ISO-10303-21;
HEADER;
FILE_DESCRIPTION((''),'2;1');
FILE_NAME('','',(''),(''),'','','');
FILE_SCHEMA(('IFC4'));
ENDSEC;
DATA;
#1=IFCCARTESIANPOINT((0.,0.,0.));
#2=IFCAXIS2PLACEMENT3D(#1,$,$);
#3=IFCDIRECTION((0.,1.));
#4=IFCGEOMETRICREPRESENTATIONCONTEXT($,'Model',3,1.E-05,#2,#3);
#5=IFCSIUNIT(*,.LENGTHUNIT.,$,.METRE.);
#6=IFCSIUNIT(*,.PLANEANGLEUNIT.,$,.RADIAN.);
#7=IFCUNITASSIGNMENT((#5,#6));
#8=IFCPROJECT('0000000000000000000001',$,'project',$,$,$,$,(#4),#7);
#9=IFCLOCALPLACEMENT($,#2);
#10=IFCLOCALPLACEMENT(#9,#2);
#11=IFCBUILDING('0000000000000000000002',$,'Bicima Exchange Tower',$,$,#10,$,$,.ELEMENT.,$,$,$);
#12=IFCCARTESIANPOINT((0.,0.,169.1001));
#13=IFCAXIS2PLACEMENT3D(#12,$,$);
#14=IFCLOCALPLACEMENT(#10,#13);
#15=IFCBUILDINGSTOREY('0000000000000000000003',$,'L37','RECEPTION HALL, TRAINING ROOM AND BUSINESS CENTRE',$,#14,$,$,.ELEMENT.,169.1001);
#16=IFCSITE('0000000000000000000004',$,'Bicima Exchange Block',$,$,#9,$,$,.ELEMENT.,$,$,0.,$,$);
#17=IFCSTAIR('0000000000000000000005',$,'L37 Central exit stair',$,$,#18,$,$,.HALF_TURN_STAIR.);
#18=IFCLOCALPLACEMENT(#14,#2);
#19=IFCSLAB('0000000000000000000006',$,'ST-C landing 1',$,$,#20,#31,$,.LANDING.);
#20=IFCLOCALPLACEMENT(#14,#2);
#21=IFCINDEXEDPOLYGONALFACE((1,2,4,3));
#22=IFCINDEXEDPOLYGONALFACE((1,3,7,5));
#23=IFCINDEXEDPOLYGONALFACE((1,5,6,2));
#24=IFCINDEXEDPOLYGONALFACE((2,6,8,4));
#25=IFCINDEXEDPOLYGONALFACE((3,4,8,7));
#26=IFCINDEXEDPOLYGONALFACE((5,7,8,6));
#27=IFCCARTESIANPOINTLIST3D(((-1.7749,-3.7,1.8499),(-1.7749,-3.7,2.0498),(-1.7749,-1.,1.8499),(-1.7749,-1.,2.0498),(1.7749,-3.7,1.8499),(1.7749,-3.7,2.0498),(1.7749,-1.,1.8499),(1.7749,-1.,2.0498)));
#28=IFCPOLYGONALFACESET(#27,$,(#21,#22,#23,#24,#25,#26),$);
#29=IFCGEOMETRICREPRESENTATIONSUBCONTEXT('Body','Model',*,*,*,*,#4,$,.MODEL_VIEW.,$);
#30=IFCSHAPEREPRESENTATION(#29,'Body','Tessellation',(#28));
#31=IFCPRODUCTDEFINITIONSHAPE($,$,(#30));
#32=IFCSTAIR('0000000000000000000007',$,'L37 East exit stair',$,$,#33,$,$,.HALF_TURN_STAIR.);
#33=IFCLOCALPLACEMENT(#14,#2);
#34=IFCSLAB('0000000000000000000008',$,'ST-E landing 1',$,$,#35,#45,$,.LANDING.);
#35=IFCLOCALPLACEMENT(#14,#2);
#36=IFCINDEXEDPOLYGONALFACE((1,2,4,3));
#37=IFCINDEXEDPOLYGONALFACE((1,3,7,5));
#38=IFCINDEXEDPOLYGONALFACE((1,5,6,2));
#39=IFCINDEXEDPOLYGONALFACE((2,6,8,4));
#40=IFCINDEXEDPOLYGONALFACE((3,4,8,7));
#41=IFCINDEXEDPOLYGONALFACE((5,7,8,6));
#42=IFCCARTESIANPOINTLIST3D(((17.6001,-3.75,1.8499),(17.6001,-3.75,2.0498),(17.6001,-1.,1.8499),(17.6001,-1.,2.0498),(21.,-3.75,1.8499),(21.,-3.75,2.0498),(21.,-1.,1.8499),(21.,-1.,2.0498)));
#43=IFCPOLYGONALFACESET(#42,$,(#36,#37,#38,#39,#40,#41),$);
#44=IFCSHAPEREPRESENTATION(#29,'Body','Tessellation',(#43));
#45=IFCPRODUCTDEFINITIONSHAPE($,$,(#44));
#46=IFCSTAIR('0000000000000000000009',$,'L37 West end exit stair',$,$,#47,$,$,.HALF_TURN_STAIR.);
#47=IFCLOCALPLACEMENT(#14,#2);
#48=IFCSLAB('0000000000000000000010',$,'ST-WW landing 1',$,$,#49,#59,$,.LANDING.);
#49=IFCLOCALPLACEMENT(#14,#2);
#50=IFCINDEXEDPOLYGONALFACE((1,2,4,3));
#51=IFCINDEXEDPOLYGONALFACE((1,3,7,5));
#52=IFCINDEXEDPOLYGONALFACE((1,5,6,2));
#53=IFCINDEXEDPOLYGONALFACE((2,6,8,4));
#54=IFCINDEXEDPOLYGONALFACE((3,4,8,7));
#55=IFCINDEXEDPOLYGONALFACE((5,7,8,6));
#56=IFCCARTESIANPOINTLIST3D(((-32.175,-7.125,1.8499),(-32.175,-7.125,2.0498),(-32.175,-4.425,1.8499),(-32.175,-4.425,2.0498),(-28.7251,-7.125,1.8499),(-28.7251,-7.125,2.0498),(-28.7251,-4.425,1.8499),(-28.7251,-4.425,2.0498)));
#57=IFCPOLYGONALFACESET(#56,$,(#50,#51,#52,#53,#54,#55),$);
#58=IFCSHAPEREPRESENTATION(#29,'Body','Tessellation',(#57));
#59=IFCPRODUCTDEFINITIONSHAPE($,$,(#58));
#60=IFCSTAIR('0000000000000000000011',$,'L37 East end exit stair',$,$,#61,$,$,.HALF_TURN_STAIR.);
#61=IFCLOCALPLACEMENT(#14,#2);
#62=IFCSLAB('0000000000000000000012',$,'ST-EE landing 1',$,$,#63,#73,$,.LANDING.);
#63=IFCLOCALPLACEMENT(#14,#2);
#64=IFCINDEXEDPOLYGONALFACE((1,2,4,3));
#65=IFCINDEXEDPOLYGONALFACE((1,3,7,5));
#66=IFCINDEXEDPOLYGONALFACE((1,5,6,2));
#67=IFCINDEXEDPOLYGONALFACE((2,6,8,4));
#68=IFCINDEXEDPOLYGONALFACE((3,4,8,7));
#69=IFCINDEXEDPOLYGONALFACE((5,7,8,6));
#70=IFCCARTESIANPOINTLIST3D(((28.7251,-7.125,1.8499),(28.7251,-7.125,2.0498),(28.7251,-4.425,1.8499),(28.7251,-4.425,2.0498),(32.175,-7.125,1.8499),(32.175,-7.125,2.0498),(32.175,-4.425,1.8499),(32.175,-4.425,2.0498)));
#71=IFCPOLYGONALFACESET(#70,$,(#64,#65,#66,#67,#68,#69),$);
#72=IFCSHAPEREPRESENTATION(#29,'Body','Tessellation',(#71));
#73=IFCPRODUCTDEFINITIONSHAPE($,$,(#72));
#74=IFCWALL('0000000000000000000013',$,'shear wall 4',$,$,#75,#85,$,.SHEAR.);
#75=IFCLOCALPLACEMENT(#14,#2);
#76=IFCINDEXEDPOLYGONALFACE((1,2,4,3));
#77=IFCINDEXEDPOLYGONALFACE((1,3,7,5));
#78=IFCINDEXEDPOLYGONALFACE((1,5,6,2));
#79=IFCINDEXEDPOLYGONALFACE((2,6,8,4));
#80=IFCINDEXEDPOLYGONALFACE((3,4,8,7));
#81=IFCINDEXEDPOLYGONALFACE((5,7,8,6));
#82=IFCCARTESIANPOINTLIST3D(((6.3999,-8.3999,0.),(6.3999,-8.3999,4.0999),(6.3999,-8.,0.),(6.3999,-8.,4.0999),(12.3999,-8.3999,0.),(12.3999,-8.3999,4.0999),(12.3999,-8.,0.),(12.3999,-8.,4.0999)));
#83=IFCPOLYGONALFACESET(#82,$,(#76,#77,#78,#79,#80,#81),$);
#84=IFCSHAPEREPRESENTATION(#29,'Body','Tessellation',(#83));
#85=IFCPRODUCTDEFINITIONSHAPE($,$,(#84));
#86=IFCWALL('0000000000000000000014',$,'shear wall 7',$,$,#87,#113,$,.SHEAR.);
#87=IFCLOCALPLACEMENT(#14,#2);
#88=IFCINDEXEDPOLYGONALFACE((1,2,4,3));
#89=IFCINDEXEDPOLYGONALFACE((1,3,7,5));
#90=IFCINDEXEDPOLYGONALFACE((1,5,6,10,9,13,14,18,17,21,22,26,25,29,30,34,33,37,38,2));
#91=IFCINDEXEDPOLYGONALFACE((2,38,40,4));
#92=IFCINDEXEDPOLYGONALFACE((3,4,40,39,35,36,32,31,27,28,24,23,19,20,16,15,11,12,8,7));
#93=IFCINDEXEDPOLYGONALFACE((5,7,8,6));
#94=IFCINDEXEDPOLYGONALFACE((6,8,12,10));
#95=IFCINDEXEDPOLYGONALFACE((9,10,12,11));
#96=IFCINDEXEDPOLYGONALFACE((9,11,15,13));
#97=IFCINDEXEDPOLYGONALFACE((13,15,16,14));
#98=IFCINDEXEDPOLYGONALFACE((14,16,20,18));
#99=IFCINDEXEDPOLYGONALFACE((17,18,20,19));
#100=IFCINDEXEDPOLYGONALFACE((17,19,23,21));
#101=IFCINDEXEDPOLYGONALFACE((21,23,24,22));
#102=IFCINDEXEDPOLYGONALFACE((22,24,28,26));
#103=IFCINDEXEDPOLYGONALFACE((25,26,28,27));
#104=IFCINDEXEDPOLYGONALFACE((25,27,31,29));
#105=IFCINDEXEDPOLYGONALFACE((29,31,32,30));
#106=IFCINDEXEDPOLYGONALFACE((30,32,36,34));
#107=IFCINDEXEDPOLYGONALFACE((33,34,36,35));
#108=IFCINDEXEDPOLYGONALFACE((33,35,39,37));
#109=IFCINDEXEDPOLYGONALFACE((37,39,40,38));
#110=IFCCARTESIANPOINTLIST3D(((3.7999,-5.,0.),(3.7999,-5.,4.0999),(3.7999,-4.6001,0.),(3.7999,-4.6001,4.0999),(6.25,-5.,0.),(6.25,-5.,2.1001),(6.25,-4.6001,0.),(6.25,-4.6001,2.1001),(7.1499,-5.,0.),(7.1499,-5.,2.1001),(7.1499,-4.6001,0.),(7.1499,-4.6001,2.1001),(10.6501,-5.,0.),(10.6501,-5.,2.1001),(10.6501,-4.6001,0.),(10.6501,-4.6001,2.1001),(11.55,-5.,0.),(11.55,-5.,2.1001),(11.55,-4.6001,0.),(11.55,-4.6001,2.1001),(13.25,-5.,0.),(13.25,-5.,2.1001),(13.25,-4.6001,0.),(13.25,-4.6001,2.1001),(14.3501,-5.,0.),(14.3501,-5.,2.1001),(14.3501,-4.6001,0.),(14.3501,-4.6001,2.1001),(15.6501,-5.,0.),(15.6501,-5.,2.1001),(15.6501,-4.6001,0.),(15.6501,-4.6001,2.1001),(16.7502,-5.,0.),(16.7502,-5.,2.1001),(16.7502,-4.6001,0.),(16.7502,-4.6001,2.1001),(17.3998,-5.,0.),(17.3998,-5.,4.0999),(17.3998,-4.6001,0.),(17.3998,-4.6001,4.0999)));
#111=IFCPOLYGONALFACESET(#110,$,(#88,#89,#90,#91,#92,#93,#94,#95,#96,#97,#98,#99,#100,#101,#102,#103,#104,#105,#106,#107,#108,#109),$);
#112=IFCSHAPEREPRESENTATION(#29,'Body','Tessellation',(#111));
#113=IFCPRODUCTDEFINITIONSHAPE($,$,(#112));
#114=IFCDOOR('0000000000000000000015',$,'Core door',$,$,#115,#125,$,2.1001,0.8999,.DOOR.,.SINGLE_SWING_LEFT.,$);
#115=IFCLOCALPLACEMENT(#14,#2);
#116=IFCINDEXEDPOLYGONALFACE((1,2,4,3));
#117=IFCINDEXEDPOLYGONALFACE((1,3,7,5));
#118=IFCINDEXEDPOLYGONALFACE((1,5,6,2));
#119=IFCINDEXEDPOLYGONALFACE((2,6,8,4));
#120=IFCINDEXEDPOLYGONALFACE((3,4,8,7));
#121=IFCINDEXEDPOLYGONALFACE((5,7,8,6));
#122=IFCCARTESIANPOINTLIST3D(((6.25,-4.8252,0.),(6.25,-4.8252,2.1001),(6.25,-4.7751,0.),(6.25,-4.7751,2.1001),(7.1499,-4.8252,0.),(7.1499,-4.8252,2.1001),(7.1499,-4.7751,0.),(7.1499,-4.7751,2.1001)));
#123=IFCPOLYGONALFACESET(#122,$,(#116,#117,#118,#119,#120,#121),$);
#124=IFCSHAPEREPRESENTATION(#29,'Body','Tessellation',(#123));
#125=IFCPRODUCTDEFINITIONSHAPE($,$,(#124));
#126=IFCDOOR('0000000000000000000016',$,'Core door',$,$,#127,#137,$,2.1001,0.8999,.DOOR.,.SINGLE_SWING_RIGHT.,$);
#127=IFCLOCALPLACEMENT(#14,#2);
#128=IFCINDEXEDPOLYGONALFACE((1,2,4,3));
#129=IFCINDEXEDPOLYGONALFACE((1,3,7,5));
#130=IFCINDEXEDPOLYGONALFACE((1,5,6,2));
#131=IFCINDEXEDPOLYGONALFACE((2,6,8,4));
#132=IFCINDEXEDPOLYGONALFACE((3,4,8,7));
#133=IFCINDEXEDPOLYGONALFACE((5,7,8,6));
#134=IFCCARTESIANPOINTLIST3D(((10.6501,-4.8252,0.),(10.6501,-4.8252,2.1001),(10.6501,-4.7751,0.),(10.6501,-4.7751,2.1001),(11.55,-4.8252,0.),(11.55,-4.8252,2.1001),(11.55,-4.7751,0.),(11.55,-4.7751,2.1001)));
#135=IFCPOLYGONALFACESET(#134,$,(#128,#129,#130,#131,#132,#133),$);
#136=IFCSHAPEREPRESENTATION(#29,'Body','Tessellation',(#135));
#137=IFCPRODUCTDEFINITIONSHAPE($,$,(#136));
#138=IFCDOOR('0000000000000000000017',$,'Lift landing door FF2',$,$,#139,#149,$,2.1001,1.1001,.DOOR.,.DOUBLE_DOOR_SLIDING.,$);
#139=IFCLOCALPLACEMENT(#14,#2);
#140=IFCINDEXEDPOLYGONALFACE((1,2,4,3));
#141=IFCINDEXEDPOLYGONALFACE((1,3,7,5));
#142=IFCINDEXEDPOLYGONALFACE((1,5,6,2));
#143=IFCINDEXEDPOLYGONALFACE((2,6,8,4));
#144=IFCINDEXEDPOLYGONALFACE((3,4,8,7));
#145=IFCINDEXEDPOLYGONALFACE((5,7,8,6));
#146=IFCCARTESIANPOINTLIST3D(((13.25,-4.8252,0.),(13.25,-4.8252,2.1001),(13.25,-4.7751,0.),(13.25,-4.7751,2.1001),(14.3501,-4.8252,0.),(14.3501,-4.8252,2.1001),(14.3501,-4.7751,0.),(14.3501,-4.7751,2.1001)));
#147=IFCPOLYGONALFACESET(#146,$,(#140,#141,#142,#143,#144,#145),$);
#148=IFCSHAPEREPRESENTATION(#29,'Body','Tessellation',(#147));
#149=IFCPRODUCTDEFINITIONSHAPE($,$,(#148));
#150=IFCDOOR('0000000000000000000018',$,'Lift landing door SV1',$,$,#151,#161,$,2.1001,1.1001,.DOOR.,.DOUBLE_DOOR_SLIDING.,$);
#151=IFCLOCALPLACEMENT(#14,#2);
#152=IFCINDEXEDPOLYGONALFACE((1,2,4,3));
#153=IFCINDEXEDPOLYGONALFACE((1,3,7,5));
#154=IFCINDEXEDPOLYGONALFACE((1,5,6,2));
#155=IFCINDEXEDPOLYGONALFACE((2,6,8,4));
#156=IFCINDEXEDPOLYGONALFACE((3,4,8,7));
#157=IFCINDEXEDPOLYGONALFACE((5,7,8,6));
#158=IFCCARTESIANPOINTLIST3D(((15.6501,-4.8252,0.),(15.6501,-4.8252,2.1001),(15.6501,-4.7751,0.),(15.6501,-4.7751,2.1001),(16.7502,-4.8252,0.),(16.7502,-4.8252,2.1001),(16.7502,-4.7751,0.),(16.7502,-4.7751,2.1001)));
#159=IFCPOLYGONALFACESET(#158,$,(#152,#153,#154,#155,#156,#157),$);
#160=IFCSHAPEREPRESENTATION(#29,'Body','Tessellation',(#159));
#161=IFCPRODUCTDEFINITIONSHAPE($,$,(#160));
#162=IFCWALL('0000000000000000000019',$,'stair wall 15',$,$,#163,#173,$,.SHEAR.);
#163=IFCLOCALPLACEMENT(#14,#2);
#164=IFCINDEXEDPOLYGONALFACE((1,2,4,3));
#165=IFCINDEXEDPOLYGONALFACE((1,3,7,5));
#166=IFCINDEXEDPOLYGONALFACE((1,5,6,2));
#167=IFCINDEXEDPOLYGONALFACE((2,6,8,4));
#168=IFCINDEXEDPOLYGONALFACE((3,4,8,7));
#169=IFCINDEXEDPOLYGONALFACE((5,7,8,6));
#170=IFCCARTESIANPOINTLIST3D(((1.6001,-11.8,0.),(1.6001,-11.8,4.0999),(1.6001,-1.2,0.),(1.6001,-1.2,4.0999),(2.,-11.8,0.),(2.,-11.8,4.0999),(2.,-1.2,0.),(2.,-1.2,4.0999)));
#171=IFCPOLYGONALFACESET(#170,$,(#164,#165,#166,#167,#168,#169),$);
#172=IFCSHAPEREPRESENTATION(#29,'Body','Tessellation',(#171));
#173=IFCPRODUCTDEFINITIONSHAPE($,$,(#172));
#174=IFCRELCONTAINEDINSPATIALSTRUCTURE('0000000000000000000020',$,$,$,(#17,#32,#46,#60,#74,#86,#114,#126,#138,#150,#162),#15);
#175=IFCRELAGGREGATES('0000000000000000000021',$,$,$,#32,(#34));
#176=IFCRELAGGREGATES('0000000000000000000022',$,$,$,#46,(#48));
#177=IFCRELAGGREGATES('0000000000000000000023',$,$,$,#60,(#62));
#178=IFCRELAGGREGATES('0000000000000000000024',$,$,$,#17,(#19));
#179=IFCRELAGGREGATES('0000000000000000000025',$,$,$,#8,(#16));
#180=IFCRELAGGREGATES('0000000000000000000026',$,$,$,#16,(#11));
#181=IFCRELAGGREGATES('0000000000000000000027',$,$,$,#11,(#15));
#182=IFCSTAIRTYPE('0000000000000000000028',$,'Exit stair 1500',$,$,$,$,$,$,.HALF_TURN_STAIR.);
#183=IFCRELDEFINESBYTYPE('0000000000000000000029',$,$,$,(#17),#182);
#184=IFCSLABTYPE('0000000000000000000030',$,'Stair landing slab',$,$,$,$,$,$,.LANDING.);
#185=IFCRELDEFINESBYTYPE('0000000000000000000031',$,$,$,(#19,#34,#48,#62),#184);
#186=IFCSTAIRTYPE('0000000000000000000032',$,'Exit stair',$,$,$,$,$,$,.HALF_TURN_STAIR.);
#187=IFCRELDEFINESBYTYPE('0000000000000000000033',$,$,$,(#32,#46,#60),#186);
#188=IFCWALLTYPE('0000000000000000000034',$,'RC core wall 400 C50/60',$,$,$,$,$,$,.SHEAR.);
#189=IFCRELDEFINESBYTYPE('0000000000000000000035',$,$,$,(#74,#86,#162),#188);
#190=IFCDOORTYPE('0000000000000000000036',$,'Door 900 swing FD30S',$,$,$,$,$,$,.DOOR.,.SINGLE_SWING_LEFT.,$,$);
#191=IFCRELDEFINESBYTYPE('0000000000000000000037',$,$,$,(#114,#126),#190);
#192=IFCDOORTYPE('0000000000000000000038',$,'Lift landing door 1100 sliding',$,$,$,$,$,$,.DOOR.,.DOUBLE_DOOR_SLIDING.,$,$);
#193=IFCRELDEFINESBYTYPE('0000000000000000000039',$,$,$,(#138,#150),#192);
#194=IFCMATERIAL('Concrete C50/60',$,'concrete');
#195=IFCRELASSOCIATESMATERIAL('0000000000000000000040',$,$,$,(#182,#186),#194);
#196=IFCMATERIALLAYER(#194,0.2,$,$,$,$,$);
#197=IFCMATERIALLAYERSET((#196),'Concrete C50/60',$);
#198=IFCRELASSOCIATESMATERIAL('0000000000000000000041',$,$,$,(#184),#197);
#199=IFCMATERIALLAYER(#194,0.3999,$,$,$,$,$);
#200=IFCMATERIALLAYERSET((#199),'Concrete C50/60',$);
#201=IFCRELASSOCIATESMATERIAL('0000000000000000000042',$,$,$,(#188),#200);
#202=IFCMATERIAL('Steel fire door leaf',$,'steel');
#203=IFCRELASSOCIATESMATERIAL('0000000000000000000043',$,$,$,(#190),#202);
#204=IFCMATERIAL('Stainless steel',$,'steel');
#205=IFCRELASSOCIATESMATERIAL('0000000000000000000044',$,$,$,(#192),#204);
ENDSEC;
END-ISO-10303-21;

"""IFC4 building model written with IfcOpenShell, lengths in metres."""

from ifc_helpers import new_model, si_unit, direction, frame, frame_2d, origin, place, context, subcontext, project, spatial, polyline, rectangle, outline, extrude, material, layer, layer_set, type_object, element, fill, aggregate, save


model = new_model("IFC4")

# Units and contexts
model_context = context("Model", 3, precision=1e-05, world=origin(), true_north=direction((0.0, 1.0)))
body_context = subcontext(model_context, "Body", "Model", "MODEL_VIEW")
ifc_project = project(units=[si_unit("LENGTHUNIT", "METRE"), si_unit("PLANEANGLEUNIT", "RADIAN")], contexts=[model_context])

# Site, building, storey
site_placement = place(None, origin())
site = spatial("IfcSite", under=ifc_project, at=site_placement, Name="Bicima Exchange Block", CompositionType="ELEMENT", RefElevation=0.0)
building_placement = place(site_placement, origin())
building = spatial("IfcBuilding", under=site, at=building_placement, Name="Bicima Exchange Tower", CompositionType="ELEMENT")
storey_placement = place(building_placement, frame((0.0, 0.0, 169.1001)))
storey = spatial("IfcBuildingStorey", under=building, at=storey_placement, Name="L37", Description="RECEPTION HALL, TRAINING ROOM AND BUSINESS CENTRE", CompositionType="ELEMENT", Elevation=169.1001)

# Stairs, slabs
ifc_material_1 = material(Name="Concrete C50/60", Category="concrete")
stair_type_1 = type_object("IfcStairType", Name="Exit stair 1500", PredefinedType="HALF_TURN_STAIR", material=ifc_material_1)
stair_1_placement = place(storey_placement, origin())
stair_1 = element("IfcStair", 1, at=stair_1_placement, inside=storey, type_object=stair_type_1, Name="L37 Central exit stair", PredefinedType="HALF_TURN_STAIR")
ifc_layer_1 = layer(ifc_material_1, 0.2)
ifc_layer_set_1 = layer_set([ifc_layer_1], Name="Concrete C50/60")
slab_type = type_object("IfcSlabType", Name="Stair landing slab", PredefinedType="LANDING", material=ifc_layer_set_1)
slab_1_placement = place(storey_placement, frame((0.0, 0.0, 1.8499)))
slab_1 = element("IfcSlab", 2, at=slab_1_placement, type_object=slab_type, Name="ST-C landing 1", PredefinedType="LANDING", context=body_context, shape_type="SweptSolid", body=[
    extrude(outline(polyline([(1.7749, -3.7), (1.7749, -1.0), (-1.7749, -1.0), (-1.7749, -3.7), (1.7749, -3.7)])), origin(), (0.0, 0.0, 1.0), 0.2),
])
stair_type_2 = type_object("IfcStairType", Name="Exit stair", PredefinedType="HALF_TURN_STAIR", material=ifc_material_1)
stair_2_placement = place(storey_placement, origin())
stair_2 = element("IfcStair", 3, at=stair_2_placement, inside=storey, type_object=stair_type_2, Name="L37 East exit stair", PredefinedType="HALF_TURN_STAIR")
slab_2_placement = place(storey_placement, frame((0.0, 0.0, 1.8499)))
slab_2 = element("IfcSlab", 4, at=slab_2_placement, type_object=slab_type, Name="ST-E landing 1", PredefinedType="LANDING", context=body_context, shape_type="SweptSolid", body=[
    extrude(outline(polyline([(21.0, -3.75), (21.0, -1.0), (17.6001, -1.0), (17.6001, -3.75), (21.0, -3.75)])), origin(), (0.0, 0.0, 1.0), 0.2),
])
aggregate(stair_2, [slab_2])
stair_3_placement = place(storey_placement, origin())
stair_3 = element("IfcStair", 5, at=stair_3_placement, inside=storey, type_object=stair_type_2, Name="L37 West end exit stair", PredefinedType="HALF_TURN_STAIR")
slab_3_placement = place(storey_placement, frame((0.0, 0.0, 1.8499)))
slab_3 = element("IfcSlab", 6, at=slab_3_placement, type_object=slab_type, Name="ST-WW landing 1", PredefinedType="LANDING", context=body_context, shape_type="SweptSolid", body=[
    extrude(outline(polyline([(-28.7251, -7.125), (-28.7251, -4.425), (-32.175, -4.425), (-32.175, -7.125), (-28.7251, -7.125)])), origin(), (0.0, 0.0, 1.0), 0.2),
])
aggregate(stair_3, [slab_3])
stair_4_placement = place(storey_placement, origin())
stair_4 = element("IfcStair", 7, at=stair_4_placement, inside=storey, type_object=stair_type_2, Name="L37 East end exit stair", PredefinedType="HALF_TURN_STAIR")
slab_4_placement = place(storey_placement, frame((0.0, 0.0, 1.8499)))
slab_4 = element("IfcSlab", 8, at=slab_4_placement, type_object=slab_type, Name="ST-EE landing 1", PredefinedType="LANDING", context=body_context, shape_type="SweptSolid", body=[
    extrude(outline(polyline([(32.175, -7.125), (32.175, -4.425), (28.7251, -4.425), (28.7251, -7.125), (32.175, -7.125)])), origin(), (0.0, 0.0, 1.0), 0.2),
])
aggregate(stair_4, [slab_4])

# Wall
ifc_layer_2 = layer(ifc_material_1, 0.3999)
ifc_layer_set_2 = layer_set([ifc_layer_2], Name="Concrete C50/60")
wall_type_1 = type_object("IfcWallType", Name="RC core wall 400 C50/60", PredefinedType="SHEAR", material=ifc_layer_set_2)
wall_1_placement = place(storey_placement, frame((6.3999, -8.2, 0.0), z_axis=(0.0, 0.0, 1.0), x_axis=(1.0, 0.0, 0.0)))
element("IfcWall", 9, at=wall_1_placement, inside=storey, type_object=wall_type_1, Name="shear wall 4", PredefinedType="SHEAR", context=body_context, shape_type="SweptSolid", body=[
    extrude(rectangle(XDim=6.0, YDim=0.3999, at=frame_2d((3.0, 0.0))), origin(), (0.0, 0.0, 1.0), 4.0999),
])

# Wall, openings, doors
wall_2_placement = place(storey_placement, frame((3.8, -4.8, 0.0), z_axis=(0.0, 0.0, 1.0), x_axis=(1.0, 0.0, 0.0)))
wall_2 = element("IfcWall", 10, at=wall_2_placement, inside=storey, type_object=wall_type_1, Name="shear wall 7", PredefinedType="SHEAR", context=body_context, shape_type="SweptSolid", body=[
    extrude(rectangle(XDim=13.5999, YDim=0.3999, at=frame_2d((6.7998, 0.0))), origin(), (0.0, 0.0, 1.0), 4.0999),
])
opening_1_placement = place(wall_2_placement, frame((9.45, 0.0, 0.0)))
opening_1 = element("IfcOpeningElement", 11, at=opening_1_placement, cuts=wall_2, PredefinedType="OPENING", context=body_context, shape_type="SweptSolid", body=[
    extrude(rectangle(XDim=1.1001, YDim=2.1001, at=frame_2d((0.55, 1.05))), frame((0.0, 0.2119, 0.0), z_axis=(0.0, -1.0, 0.0), x_axis=(1.0, 0.0, 0.0)), (0.0, 0.0, 1.0), 0.4238),
])
opening_2_placement = place(wall_2_placement, frame((11.8501, 0.0, 0.0)))
opening_2 = element("IfcOpeningElement", 12, at=opening_2_placement, cuts=wall_2, PredefinedType="OPENING", context=body_context, shape_type="SweptSolid", body=[
    extrude(rectangle(XDim=1.1001, YDim=2.1001, at=frame_2d((0.55, 1.05))), frame((0.0, 0.2119, 0.0), z_axis=(0.0, -1.0, 0.0), x_axis=(1.0, 0.0, 0.0)), (0.0, 0.0, 1.0), 0.4238),
])
opening_3_placement = place(wall_2_placement, frame((2.45, 0.0, 0.0)))
opening_3 = element("IfcOpeningElement", 13, at=opening_3_placement, cuts=wall_2, PredefinedType="OPENING", context=body_context, shape_type="SweptSolid", body=[
    extrude(rectangle(XDim=0.8999, YDim=2.1001, at=frame_2d((0.45, 1.05))), frame((0.0, 0.2119, 0.0), z_axis=(0.0, -1.0, 0.0), x_axis=(1.0, 0.0, 0.0)), (0.0, 0.0, 1.0), 0.4238),
])
opening_4_placement = place(wall_2_placement, frame((6.8501, 0.0, 0.0)))
opening_4 = element("IfcOpeningElement", 14, at=opening_4_placement, cuts=wall_2, PredefinedType="OPENING", context=body_context, shape_type="SweptSolid", body=[
    extrude(rectangle(XDim=0.8999, YDim=2.1001, at=frame_2d((0.45, 1.05))), frame((0.0, 0.2119, 0.0), z_axis=(0.0, -1.0, 0.0), x_axis=(1.0, 0.0, 0.0)), (0.0, 0.0, 1.0), 0.4238),
])
ifc_material_2 = material(Name="Steel fire door leaf", Category="steel")
door_type_1 = type_object("IfcDoorType", Name="Door 900 swing FD30S", OperationType="SINGLE_SWING_LEFT", PredefinedType="DOOR", material=ifc_material_2)
door_1_placement = place(opening_3_placement, origin())
door_1 = element("IfcDoor", 15, at=door_1_placement, inside=storey, type_object=door_type_1, Name="Core door", OperationType="SINGLE_SWING_LEFT", OverallHeight=2.1001, OverallWidth=0.8999, PredefinedType="DOOR", context=body_context, shape_type="SweptSolid", body=[
    extrude(rectangle(XDim=0.8999, YDim=2.1001, at=frame_2d((0.45, 1.05))), frame((0.0, 0.0249, 0.0), z_axis=(0.0, -1.0, 0.0), x_axis=(1.0, 0.0, 0.0)), (0.0, 0.0, 1.0), 0.05),
])
fill(opening_3, door_1)
door_2_placement = place(opening_4_placement, origin())
door_2 = element("IfcDoor", 16, at=door_2_placement, inside=storey, type_object=door_type_1, Name="Core door", OperationType="SINGLE_SWING_RIGHT", OverallHeight=2.1001, OverallWidth=0.8999, PredefinedType="DOOR", context=body_context, shape_type="SweptSolid", body=[
    extrude(rectangle(XDim=0.8999, YDim=2.1001, at=frame_2d((0.45, 1.05))), frame((0.0, 0.0249, 0.0), z_axis=(0.0, -1.0, 0.0), x_axis=(1.0, 0.0, 0.0)), (0.0, 0.0, 1.0), 0.05),
])
fill(opening_4, door_2)
ifc_material_3 = material(Name="Stainless steel", Category="steel")
door_type_2 = type_object("IfcDoorType", Name="Lift landing door 1100 sliding", OperationType="DOUBLE_DOOR_SLIDING", PredefinedType="DOOR", material=ifc_material_3)
door_3_placement = place(opening_1_placement, origin())
door_3 = element("IfcDoor", 17, at=door_3_placement, inside=storey, type_object=door_type_2, Name="Lift landing door FF2", OperationType="DOUBLE_DOOR_SLIDING", OverallHeight=2.1001, OverallWidth=1.1001, PredefinedType="DOOR", context=body_context, shape_type="SweptSolid", body=[
    extrude(rectangle(XDim=1.1001, YDim=2.1001, at=frame_2d((0.55, 1.05))), frame((0.0, 0.0249, 0.0), z_axis=(0.0, -1.0, 0.0), x_axis=(1.0, 0.0, 0.0)), (0.0, 0.0, 1.0), 0.05),
])
fill(opening_1, door_3)
door_4_placement = place(opening_2_placement, origin())
door_4 = element("IfcDoor", 18, at=door_4_placement, inside=storey, type_object=door_type_2, Name="Lift landing door SV1", OperationType="DOUBLE_DOOR_SLIDING", OverallHeight=2.1001, OverallWidth=1.1001, PredefinedType="DOOR", context=body_context, shape_type="SweptSolid", body=[
    extrude(rectangle(XDim=1.1001, YDim=2.1001, at=frame_2d((0.55, 1.05))), frame((0.0, 0.0249, 0.0), z_axis=(0.0, -1.0, 0.0), x_axis=(1.0, 0.0, 0.0)), (0.0, 0.0, 1.0), 0.05),
])
fill(opening_2, door_4)

# Wall
wall_3_placement = place(storey_placement, frame((1.8, -11.8, 0.0), z_axis=(0.0, 0.0, 1.0), x_axis=(0.0, 1.0, 0.0)))
element("IfcWall", 19, at=wall_3_placement, inside=storey, type_object=wall_type_1, Name="stair wall 15", PredefinedType="SHEAR", context=body_context, shape_type="SweptSolid", body=[
    extrude(rectangle(XDim=10.6001, YDim=0.3999, at=frame_2d((5.3, 0.0))), origin(), (0.0, 0.0, 1.0), 4.0999),
])

aggregate(stair_1, [slab_1])

save(model, "model.ifc")
